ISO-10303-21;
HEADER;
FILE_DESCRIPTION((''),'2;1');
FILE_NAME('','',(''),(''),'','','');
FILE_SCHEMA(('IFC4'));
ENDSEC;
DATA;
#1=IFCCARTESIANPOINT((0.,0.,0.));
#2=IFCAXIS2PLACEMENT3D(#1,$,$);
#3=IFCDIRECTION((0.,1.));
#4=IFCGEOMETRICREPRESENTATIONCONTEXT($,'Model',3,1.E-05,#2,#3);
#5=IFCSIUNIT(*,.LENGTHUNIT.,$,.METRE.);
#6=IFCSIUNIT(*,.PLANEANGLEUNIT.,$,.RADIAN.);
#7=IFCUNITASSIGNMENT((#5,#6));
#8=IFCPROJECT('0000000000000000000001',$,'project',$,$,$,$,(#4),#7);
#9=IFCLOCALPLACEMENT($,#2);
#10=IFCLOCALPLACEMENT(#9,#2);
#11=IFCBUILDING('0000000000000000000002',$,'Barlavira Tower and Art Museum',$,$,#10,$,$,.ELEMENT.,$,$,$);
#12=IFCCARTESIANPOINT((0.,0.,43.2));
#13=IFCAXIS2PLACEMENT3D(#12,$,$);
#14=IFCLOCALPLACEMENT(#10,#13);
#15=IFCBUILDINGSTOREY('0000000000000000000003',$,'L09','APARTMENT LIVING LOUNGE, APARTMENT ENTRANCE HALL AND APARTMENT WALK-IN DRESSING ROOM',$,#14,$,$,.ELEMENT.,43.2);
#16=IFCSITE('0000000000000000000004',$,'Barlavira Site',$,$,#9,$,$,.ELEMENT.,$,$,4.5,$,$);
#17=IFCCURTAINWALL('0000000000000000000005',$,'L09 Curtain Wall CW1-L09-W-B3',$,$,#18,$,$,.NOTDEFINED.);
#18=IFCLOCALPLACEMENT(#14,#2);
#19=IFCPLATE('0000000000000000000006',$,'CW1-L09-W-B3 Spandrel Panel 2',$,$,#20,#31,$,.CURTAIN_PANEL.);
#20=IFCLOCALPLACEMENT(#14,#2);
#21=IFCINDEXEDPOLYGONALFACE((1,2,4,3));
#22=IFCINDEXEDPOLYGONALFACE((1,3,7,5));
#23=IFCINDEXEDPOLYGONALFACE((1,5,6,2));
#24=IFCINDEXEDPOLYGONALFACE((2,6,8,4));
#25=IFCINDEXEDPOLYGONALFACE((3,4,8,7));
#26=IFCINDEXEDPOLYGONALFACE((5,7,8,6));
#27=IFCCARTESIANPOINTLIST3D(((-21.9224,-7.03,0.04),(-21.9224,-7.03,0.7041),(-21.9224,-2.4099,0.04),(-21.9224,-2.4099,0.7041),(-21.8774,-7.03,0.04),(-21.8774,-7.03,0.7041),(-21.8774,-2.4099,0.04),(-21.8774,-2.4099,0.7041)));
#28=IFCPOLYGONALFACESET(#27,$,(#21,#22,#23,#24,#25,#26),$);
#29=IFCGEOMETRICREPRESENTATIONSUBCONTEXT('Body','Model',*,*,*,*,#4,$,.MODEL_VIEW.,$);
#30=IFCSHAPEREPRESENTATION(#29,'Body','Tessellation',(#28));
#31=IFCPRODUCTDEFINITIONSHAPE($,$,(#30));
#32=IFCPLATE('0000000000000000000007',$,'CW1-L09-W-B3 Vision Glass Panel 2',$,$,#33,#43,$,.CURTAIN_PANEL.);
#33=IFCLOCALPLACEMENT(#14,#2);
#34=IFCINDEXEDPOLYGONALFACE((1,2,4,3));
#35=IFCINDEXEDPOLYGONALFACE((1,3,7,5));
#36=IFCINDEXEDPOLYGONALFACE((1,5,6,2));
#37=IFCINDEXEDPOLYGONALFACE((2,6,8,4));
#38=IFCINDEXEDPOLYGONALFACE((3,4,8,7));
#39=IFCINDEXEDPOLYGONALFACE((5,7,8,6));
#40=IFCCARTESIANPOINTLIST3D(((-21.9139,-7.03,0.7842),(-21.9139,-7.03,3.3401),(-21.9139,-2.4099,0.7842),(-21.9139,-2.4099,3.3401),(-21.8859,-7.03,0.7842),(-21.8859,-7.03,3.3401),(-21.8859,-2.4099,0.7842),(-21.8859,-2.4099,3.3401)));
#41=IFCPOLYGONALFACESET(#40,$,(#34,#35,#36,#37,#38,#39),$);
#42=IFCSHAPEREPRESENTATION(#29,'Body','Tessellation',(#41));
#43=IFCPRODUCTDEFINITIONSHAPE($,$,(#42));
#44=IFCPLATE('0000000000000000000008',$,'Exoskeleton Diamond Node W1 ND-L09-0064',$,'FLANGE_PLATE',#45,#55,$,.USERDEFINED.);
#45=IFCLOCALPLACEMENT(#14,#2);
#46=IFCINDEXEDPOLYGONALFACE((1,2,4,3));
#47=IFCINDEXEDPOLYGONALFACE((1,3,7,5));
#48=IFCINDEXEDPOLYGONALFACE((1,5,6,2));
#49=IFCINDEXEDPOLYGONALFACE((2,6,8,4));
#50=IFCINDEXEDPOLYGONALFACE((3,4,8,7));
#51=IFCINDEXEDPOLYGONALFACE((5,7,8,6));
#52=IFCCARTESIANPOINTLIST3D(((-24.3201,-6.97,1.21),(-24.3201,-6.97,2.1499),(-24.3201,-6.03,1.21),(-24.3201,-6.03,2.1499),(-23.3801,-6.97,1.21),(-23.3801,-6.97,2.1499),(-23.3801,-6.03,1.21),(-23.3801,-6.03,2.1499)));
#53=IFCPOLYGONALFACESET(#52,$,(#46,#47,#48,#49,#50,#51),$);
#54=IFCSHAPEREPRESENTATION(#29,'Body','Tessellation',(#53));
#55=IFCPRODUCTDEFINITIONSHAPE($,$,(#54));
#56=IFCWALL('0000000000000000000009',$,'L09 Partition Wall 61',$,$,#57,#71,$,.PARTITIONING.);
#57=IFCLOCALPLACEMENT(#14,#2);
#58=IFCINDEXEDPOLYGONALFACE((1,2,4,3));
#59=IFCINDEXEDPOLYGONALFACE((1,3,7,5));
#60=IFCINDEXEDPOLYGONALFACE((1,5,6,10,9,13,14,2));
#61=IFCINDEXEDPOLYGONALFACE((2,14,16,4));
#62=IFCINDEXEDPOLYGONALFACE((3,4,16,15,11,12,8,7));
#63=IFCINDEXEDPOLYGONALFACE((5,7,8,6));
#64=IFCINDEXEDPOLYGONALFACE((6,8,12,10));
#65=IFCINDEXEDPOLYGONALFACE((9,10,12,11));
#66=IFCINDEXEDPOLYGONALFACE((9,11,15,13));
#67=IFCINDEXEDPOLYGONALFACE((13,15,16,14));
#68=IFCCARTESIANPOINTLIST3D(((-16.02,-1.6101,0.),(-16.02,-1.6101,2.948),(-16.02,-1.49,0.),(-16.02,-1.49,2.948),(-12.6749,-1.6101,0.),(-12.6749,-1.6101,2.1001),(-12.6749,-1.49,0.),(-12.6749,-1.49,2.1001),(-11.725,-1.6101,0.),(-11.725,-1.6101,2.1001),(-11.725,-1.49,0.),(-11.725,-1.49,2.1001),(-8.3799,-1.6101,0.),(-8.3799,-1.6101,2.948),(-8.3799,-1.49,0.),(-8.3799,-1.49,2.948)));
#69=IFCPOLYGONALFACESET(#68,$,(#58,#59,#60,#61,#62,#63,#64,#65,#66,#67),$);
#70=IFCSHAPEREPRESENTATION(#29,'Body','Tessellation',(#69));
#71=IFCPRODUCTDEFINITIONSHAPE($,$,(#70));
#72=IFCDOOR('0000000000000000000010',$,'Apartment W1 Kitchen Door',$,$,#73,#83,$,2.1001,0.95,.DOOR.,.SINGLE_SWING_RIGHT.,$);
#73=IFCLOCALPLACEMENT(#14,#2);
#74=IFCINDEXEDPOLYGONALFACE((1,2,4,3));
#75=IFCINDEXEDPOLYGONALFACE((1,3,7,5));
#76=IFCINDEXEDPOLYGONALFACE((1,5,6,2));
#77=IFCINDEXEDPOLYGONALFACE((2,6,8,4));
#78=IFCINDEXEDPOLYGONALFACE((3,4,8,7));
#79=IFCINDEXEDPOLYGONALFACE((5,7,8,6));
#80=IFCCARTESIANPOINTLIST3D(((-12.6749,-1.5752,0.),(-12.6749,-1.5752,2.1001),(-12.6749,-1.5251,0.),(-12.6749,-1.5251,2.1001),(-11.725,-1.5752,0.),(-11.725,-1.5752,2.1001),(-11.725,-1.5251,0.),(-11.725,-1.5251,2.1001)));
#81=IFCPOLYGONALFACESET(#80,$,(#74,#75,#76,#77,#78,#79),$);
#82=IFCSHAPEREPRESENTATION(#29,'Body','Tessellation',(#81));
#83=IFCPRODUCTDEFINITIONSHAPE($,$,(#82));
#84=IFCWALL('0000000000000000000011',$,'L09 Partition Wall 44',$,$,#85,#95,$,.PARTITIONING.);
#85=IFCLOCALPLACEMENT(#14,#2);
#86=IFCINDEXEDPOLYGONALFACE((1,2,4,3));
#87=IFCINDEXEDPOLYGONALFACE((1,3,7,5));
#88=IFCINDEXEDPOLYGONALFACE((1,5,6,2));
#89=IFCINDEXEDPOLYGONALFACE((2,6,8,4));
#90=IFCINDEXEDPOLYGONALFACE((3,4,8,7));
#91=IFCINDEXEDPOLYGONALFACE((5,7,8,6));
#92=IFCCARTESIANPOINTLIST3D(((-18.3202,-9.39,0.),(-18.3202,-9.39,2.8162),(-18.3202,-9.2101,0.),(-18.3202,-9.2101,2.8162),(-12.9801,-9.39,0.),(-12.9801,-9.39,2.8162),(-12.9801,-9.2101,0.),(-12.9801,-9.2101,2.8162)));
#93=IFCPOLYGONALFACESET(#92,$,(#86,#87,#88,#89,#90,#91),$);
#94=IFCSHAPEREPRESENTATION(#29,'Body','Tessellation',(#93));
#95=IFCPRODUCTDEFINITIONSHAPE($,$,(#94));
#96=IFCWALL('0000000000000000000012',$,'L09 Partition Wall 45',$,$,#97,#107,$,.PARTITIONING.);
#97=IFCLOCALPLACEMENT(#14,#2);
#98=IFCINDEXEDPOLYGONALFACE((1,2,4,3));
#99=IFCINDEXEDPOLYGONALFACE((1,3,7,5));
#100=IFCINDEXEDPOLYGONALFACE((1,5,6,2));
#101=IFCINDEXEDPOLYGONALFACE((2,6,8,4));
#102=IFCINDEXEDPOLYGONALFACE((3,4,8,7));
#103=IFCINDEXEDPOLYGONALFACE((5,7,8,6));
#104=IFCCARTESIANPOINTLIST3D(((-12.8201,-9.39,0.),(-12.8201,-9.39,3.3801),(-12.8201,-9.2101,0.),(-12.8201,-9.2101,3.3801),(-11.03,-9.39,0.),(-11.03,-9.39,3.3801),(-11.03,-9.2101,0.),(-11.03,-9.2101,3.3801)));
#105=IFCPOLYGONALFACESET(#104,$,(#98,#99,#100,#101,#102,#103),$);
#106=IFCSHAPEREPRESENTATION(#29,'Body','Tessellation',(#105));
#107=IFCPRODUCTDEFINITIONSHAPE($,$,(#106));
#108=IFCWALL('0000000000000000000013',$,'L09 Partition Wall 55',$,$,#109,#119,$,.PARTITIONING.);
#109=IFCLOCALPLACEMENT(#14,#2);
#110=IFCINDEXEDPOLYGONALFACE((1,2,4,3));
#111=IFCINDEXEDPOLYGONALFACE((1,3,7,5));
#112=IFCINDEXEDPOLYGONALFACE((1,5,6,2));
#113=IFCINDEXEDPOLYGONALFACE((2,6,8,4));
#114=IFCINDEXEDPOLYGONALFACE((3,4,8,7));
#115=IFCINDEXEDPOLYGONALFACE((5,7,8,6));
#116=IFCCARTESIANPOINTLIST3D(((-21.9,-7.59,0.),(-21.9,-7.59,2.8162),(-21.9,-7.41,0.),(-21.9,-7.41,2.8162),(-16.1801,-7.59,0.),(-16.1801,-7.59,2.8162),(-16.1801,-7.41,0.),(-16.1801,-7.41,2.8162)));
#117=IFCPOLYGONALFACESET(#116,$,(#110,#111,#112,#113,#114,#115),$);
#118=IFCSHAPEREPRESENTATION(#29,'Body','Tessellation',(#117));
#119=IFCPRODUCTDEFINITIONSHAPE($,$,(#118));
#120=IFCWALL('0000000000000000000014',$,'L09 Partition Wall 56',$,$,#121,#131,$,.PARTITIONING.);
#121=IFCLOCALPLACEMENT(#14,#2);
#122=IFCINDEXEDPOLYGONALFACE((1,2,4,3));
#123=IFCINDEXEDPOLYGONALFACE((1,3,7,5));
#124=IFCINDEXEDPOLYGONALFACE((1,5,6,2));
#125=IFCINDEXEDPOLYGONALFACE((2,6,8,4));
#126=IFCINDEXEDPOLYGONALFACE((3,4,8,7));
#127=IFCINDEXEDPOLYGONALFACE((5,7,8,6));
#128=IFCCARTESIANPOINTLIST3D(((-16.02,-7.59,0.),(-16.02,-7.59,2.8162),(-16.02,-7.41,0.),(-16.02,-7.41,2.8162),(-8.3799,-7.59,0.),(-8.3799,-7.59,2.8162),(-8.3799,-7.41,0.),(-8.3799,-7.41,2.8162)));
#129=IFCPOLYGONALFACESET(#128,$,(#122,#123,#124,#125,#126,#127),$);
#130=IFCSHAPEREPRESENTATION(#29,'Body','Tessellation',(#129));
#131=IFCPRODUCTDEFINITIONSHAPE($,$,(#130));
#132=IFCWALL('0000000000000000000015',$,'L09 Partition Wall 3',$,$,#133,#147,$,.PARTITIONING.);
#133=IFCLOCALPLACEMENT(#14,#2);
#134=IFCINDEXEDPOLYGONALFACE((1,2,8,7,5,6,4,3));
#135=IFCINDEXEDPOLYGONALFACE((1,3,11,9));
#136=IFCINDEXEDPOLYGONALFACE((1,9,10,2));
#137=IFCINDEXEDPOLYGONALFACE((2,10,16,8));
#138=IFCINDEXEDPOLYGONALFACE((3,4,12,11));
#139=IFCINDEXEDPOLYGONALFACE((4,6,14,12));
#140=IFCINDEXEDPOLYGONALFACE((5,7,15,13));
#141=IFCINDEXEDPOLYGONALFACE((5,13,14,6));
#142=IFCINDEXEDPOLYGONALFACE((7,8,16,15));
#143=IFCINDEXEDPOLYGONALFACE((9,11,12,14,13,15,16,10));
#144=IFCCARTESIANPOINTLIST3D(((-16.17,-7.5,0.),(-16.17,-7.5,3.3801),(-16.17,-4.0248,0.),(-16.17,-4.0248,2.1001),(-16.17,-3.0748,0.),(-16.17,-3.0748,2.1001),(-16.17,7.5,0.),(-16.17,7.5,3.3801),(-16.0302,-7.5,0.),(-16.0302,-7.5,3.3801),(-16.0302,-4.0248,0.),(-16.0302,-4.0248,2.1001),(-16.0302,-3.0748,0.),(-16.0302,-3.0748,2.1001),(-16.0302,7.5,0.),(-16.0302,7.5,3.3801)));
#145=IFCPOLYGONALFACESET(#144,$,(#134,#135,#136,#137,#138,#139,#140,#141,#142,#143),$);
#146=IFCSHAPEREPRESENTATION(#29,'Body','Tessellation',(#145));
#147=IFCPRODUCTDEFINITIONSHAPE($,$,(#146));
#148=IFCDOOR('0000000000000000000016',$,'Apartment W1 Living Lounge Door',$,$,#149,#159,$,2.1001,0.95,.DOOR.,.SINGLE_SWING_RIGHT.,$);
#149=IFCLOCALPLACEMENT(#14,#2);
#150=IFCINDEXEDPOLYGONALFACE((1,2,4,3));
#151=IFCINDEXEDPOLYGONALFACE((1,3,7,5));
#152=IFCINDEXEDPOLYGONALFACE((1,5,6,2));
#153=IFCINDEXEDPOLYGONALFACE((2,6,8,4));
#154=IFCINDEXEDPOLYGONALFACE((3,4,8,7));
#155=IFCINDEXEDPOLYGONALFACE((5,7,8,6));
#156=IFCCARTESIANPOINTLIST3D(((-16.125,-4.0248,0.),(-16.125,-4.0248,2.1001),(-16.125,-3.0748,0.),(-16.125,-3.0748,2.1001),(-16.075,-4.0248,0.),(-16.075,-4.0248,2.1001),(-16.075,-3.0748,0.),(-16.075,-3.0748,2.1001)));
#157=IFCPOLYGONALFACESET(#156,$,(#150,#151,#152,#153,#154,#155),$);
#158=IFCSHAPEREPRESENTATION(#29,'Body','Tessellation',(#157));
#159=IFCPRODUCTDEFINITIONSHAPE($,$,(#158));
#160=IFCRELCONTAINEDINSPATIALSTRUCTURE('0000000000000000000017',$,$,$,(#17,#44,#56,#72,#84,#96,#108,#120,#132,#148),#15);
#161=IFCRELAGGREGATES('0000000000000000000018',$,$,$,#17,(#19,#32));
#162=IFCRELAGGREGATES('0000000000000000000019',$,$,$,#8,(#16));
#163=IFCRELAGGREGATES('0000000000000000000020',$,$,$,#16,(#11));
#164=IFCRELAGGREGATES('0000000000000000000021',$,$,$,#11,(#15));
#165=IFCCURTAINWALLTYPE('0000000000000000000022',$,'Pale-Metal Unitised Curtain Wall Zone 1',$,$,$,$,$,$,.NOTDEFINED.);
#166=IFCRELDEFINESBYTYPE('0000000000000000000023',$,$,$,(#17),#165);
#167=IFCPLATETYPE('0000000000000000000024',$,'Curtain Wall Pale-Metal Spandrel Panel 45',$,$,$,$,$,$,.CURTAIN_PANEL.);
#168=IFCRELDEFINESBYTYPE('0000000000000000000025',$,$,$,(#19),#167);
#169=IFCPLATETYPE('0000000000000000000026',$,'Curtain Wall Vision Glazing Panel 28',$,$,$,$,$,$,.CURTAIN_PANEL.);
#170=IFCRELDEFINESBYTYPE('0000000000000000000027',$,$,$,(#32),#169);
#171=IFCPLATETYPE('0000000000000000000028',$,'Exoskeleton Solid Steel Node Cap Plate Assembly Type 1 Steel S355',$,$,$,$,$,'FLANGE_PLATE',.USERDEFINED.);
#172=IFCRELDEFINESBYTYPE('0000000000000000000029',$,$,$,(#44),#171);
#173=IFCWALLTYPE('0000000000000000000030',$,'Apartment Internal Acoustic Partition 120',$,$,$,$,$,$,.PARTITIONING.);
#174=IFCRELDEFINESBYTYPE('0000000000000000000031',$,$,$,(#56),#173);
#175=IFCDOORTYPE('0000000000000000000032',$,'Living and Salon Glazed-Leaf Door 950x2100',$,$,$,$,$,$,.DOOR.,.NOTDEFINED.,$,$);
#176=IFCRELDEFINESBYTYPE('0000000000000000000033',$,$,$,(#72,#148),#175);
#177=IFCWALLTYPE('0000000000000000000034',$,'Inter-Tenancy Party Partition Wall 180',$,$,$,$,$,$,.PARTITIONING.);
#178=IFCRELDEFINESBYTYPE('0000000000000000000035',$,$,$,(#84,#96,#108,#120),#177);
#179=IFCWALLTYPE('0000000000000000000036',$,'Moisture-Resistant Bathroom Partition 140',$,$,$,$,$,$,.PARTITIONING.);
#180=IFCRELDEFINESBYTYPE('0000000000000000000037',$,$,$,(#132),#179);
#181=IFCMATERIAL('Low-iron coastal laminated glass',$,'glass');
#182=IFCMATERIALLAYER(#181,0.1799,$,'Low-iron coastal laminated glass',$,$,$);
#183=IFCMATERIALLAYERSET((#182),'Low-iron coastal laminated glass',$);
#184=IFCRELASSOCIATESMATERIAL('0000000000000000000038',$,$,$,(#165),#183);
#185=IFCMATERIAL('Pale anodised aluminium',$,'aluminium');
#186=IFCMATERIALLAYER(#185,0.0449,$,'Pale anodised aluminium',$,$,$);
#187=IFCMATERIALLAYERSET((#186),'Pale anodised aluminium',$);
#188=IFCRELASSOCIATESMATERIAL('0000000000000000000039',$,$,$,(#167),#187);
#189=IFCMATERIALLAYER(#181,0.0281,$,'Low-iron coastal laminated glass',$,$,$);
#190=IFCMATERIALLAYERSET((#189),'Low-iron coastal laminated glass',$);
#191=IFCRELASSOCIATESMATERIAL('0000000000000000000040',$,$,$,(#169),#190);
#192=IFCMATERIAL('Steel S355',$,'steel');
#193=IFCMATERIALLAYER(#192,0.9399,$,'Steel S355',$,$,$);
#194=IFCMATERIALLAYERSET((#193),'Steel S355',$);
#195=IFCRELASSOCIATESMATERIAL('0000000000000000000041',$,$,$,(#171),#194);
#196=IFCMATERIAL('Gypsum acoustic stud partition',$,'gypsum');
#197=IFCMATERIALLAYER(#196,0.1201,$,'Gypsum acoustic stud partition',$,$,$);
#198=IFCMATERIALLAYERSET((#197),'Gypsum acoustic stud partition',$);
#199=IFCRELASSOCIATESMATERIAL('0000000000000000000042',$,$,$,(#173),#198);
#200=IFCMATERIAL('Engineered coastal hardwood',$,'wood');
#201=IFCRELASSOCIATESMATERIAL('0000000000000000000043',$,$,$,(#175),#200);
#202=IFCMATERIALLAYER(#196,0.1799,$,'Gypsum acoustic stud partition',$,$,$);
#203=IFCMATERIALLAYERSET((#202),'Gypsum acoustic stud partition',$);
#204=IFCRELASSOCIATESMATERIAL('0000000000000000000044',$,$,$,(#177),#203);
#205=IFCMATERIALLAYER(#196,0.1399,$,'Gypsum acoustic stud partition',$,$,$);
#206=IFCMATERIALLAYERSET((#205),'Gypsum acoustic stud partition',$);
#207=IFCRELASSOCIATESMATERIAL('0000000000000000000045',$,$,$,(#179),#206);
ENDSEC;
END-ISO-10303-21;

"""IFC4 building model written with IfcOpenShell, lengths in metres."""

from ifc_helpers import new_model, si_unit, direction, frame, frame_2d, origin, origin_2d, place, context, subcontext, project, spatial, rectangle, extrude, material, layer, layer_set, type_object, element, fill, aggregate, save


model = new_model("IFC4")

# Units and contexts
model_context = context("Model", 3, precision=1e-05, world=origin(), true_north=direction((0.0, 1.0)))
body_context = subcontext(model_context, "Body", "Model", "MODEL_VIEW")
ifc_project = project(units=[si_unit("LENGTHUNIT", "METRE"), si_unit("PLANEANGLEUNIT", "RADIAN")], contexts=[model_context])

# Site, building, storey
site_placement = place(None, origin())
site = spatial("IfcSite", under=ifc_project, at=site_placement, Name="Barlavira Site", CompositionType="ELEMENT", RefElevation=4.5)
building_placement = place(site_placement, origin())
building = spatial("IfcBuilding", under=site, at=building_placement, Name="Barlavira Tower and Art Museum", CompositionType="ELEMENT")
storey_placement = place(building_placement, frame((0.0, 0.0, 43.2)))
storey = spatial("IfcBuildingStorey", under=building, at=storey_placement, Name="L09", Description="APARTMENT LIVING LOUNGE, APARTMENT ENTRANCE HALL AND APARTMENT WALK-IN DRESSING ROOM", CompositionType="ELEMENT", Elevation=43.2)

# Curtain wall
ifc_material_1 = material(Name="Low-iron coastal laminated glass", Category="glass")
ifc_layer_1 = layer(ifc_material_1, 0.1799, Name="Low-iron coastal laminated glass")
ifc_layer_set_1 = layer_set([ifc_layer_1], Name="Low-iron coastal laminated glass")
curtain_wall_type = type_object("IfcCurtainWallType", Name="Pale-Metal Unitised Curtain Wall Zone 1", PredefinedType="NOTDEFINED", material=ifc_layer_set_1)
curtain_wall_placement = place(storey_placement, origin())
curtain_wall = element("IfcCurtainWall", 1, at=curtain_wall_placement, inside=storey, type_object=curtain_wall_type, Name="L09 Curtain Wall CW1-L09-W-B3", PredefinedType="NOTDEFINED")
ifc_material_2 = material(Name="Pale anodised aluminium", Category="aluminium")

# Shared definitions
ifc_material_3 = material(Name="Steel S355", Category="steel")

# Plates
ifc_layer_2 = layer(ifc_material_2, 0.0449, Name="Pale anodised aluminium")
ifc_layer_set_2 = layer_set([ifc_layer_2], Name="Pale anodised aluminium")
plate_type_1 = type_object("IfcPlateType", Name="Curtain Wall Pale-Metal Spandrel Panel 45", PredefinedType="CURTAIN_PANEL", material=ifc_layer_set_2)
plate_1_placement = place(storey_placement, frame((-21.8999, -4.72, 0.04), z_axis=(0.0, 0.0, 1.0), x_axis=(0.0, -1.0, 0.0)))
plate_1 = element("IfcPlate", 2, at=plate_1_placement, type_object=plate_type_1, Name="CW1-L09-W-B3 Spandrel Panel 2", PredefinedType="CURTAIN_PANEL", context=body_context, shape_type="SweptSolid", body=[
    extrude(rectangle(XDim=4.6201, YDim=0.0449, at=origin_2d()), origin(), (0.0, 0.0, 1.0), 0.6641),
])
ifc_layer_3 = layer(ifc_material_1, 0.0281, Name="Low-iron coastal laminated glass")
ifc_layer_set_3 = layer_set([ifc_layer_3], Name="Low-iron coastal laminated glass")
plate_type_2 = type_object("IfcPlateType", Name="Curtain Wall Vision Glazing Panel 28", PredefinedType="CURTAIN_PANEL", material=ifc_layer_set_3)
plate_2_placement = place(storey_placement, frame((-21.8999, -4.72, 0.7842), z_axis=(0.0, 0.0, 1.0), x_axis=(0.0, -1.0, 0.0)))
plate_2 = element("IfcPlate", 3, at=plate_2_placement, type_object=plate_type_2, Name="CW1-L09-W-B3 Vision Glass Panel 2", PredefinedType="CURTAIN_PANEL", context=body_context, shape_type="SweptSolid", body=[
    extrude(rectangle(XDim=4.6201, YDim=0.0281, at=origin_2d()), origin(), (0.0, 0.0, 1.0), 2.5559),
])
aggregate(curtain_wall, [plate_1, plate_2])
ifc_layer_4 = layer(ifc_material_3, 0.9399, Name="Steel S355")
ifc_layer_set_4 = layer_set([ifc_layer_4], Name="Steel S355")
plate_type_3 = type_object("IfcPlateType", Name="Exoskeleton Solid Steel Node Cap Plate Assembly Type 1 Steel S355", ElementType="FLANGE_PLATE", PredefinedType="USERDEFINED", material=ifc_layer_set_4)
plate_3_placement = place(storey_placement, frame((-23.8501, -6.5, 1.21), z_axis=(0.0, 0.0, 1.0), x_axis=(1.0, 0.0, 0.0)))
element("IfcPlate", 4, at=plate_3_placement, inside=storey, type_object=plate_type_3, Name="Exoskeleton Diamond Node W1 ND-L09-0064", ObjectType="FLANGE_PLATE", PredefinedType="USERDEFINED", context=body_context, shape_type="SweptSolid", body=[
    extrude(rectangle(XDim=0.9399, YDim=0.9399, at=origin_2d()), origin(), (0.0, 0.0, 1.0), 0.9399),
])

# Wall, opening, door
ifc_material_4 = material(Name="Gypsum acoustic stud partition", Category="gypsum")
ifc_layer_5 = layer(ifc_material_4, 0.1201, Name="Gypsum acoustic stud partition")
ifc_layer_set_5 = layer_set([ifc_layer_5], Name="Gypsum acoustic stud partition")
wall_type_1 = type_object("IfcWallType", Name="Apartment Internal Acoustic Partition 120", PredefinedType="PARTITIONING", material=ifc_layer_set_5)
wall_1_placement = place(storey_placement, frame((-16.02, -1.55, 0.0), z_axis=(0.0, 0.0, 1.0), x_axis=(1.0, 0.0, 0.0)))
wall_1 = element("IfcWall", 5, at=wall_1_placement, inside=storey, type_object=wall_type_1, Name="L09 Partition Wall 61", PredefinedType="PARTITIONING", context=body_context, shape_type="SweptSolid", body=[
    extrude(rectangle(XDim=7.6401, YDim=0.1201, at=frame_2d((3.8201, 0.0))), origin(), (0.0, 0.0, 1.0), 2.948),
])
opening_1_placement = place(wall_1_placement, frame((3.345, 0.0, 0.0)))
opening_1 = element("IfcOpeningElement", 6, at=opening_1_placement, cuts=wall_1, PredefinedType="OPENING", context=body_context, shape_type="SweptSolid", body=[
    extrude(rectangle(XDim=0.95, YDim=2.1001, at=frame_2d((0.4751, 1.05))), frame((0.0, 0.0701, 0.0), z_axis=(0.0, -1.0, 0.0), x_axis=(1.0, 0.0, 0.0)), (0.0, 0.0, 1.0), 0.1401),
])
ifc_material_5 = material(Name="Engineered coastal hardwood", Category="wood")
door_type_1 = type_object("IfcDoorType", Name="Living and Salon Glazed-Leaf Door 950x2100", OperationType="NOTDEFINED", PredefinedType="DOOR", material=ifc_material_5)
door_1_placement = place(opening_1_placement, origin())
door_1 = element("IfcDoor", 7, at=door_1_placement, inside=storey, type_object=door_type_1, Name="Apartment W1 Kitchen Door", OperationType="SINGLE_SWING_RIGHT", OverallHeight=2.1001, OverallWidth=0.95, PredefinedType="DOOR", context=body_context, shape_type="SweptSolid", body=[
    extrude(rectangle(XDim=0.95, YDim=2.1001, at=frame_2d((0.4751, 1.05))), frame((0.0, 0.0249, 0.0), z_axis=(0.0, -1.0, 0.0), x_axis=(1.0, 0.0, 0.0)), (0.0, 0.0, 1.0), 0.05),
])
fill(opening_1, door_1)

# Walls
ifc_layer_6 = layer(ifc_material_4, 0.1799, Name="Gypsum acoustic stud partition")
ifc_layer_set_6 = layer_set([ifc_layer_6], Name="Gypsum acoustic stud partition")
wall_type_2 = type_object("IfcWallType", Name="Inter-Tenancy Party Partition Wall 180", PredefinedType="PARTITIONING", material=ifc_layer_set_6)
wall_2_placement = place(storey_placement, frame((-18.3201, -9.3, 0.0), z_axis=(0.0, 0.0, 1.0), x_axis=(1.0, 0.0, 0.0)))
element("IfcWall", 8, at=wall_2_placement, inside=storey, type_object=wall_type_2, Name="L09 Partition Wall 44", PredefinedType="PARTITIONING", context=body_context, shape_type="SweptSolid", body=[
    extrude(rectangle(XDim=5.3401, YDim=0.1799, at=frame_2d((2.6699, 0.0))), origin(), (0.0, 0.0, 1.0), 2.8162),
])
wall_3_placement = place(storey_placement, frame((-12.8201, -9.3, 0.0), z_axis=(0.0, 0.0, 1.0), x_axis=(1.0, 0.0, 0.0)))
element("IfcWall", 9, at=wall_3_placement, inside=storey, type_object=wall_type_2, Name="L09 Partition Wall 45", PredefinedType="PARTITIONING", context=body_context, shape_type="SweptSolid", body=[
    extrude(rectangle(XDim=1.79, YDim=0.1799, at=frame_2d((0.895, 0.0))), origin(), (0.0, 0.0, 1.0), 3.3801),
])
wall_4_placement = place(storey_placement, frame((-21.8999, -7.5, 0.0), z_axis=(0.0, 0.0, 1.0), x_axis=(1.0, 0.0, 0.0)))
element("IfcWall", 10, at=wall_4_placement, inside=storey, type_object=wall_type_2, Name="L09 Partition Wall 55", PredefinedType="PARTITIONING", context=body_context, shape_type="SweptSolid", body=[
    extrude(rectangle(XDim=5.72, YDim=0.1799, at=frame_2d((2.8599, 0.0))), origin(), (0.0, 0.0, 1.0), 2.8162),
])
wall_5_placement = place(storey_placement, frame((-16.02, -7.5, 0.0), z_axis=(0.0, 0.0, 1.0), x_axis=(1.0, 0.0, 0.0)))
element("IfcWall", 11, at=wall_5_placement, inside=storey, type_object=wall_type_2, Name="L09 Partition Wall 56", PredefinedType="PARTITIONING", context=body_context, shape_type="SweptSolid", body=[
    extrude(rectangle(XDim=7.6401, YDim=0.1799, at=frame_2d((3.8201, 0.0))), origin(), (0.0, 0.0, 1.0), 2.8162),
])

# Wall, opening, door
ifc_layer_7 = layer(ifc_material_4, 0.1399, Name="Gypsum acoustic stud partition")
ifc_layer_set_7 = layer_set([ifc_layer_7], Name="Gypsum acoustic stud partition")
wall_type_3 = type_object("IfcWallType", Name="Moisture-Resistant Bathroom Partition 140", PredefinedType="PARTITIONING", material=ifc_layer_set_7)
wall_6_placement = place(storey_placement, frame((-16.1001, -7.5, 0.0), z_axis=(0.0, 0.0, 1.0), x_axis=(0.0, 1.0, 0.0)))
wall_6 = element("IfcWall", 12, at=wall_6_placement, inside=storey, type_object=wall_type_3, Name="L09 Partition Wall 3", PredefinedType="PARTITIONING", context=body_context, shape_type="SweptSolid", body=[
    extrude(rectangle(XDim=15.0, YDim=0.1399, at=frame_2d((7.5, 0.0))), origin(), (0.0, 0.0, 1.0), 3.3801),
])
opening_2_placement = place(wall_6_placement, frame((3.4751, 0.0, 0.0)))
opening_2 = element("IfcOpeningElement", 13, at=opening_2_placement, cuts=wall_6, PredefinedType="OPENING", context=body_context, shape_type="SweptSolid", body=[
    extrude(rectangle(XDim=0.95, YDim=2.1001, at=frame_2d((0.4751, 1.05))), frame((0.0, 0.0801, 0.0), z_axis=(0.0, -1.0, 0.0), x_axis=(1.0, 0.0, 0.0)), (0.0, 0.0, 1.0), 0.1599),
])
door_2_placement = place(opening_2_placement, origin())
door_2 = element("IfcDoor", 14, at=door_2_placement, inside=storey, type_object=door_type_1, Name="Apartment W1 Living Lounge Door", OperationType="SINGLE_SWING_RIGHT", OverallHeight=2.1001, OverallWidth=0.95, PredefinedType="DOOR", context=body_context, shape_type="SweptSolid", body=[
    extrude(rectangle(XDim=0.95, YDim=2.1001, at=frame_2d((0.4751, 1.05))), frame((0.0, 0.0249, 0.0), z_axis=(0.0, -1.0, 0.0), x_axis=(1.0, 0.0, 0.0)), (0.0, 0.0, 1.0), 0.05),
])
fill(opening_2, door_2)

save(model, "model.ifc")
